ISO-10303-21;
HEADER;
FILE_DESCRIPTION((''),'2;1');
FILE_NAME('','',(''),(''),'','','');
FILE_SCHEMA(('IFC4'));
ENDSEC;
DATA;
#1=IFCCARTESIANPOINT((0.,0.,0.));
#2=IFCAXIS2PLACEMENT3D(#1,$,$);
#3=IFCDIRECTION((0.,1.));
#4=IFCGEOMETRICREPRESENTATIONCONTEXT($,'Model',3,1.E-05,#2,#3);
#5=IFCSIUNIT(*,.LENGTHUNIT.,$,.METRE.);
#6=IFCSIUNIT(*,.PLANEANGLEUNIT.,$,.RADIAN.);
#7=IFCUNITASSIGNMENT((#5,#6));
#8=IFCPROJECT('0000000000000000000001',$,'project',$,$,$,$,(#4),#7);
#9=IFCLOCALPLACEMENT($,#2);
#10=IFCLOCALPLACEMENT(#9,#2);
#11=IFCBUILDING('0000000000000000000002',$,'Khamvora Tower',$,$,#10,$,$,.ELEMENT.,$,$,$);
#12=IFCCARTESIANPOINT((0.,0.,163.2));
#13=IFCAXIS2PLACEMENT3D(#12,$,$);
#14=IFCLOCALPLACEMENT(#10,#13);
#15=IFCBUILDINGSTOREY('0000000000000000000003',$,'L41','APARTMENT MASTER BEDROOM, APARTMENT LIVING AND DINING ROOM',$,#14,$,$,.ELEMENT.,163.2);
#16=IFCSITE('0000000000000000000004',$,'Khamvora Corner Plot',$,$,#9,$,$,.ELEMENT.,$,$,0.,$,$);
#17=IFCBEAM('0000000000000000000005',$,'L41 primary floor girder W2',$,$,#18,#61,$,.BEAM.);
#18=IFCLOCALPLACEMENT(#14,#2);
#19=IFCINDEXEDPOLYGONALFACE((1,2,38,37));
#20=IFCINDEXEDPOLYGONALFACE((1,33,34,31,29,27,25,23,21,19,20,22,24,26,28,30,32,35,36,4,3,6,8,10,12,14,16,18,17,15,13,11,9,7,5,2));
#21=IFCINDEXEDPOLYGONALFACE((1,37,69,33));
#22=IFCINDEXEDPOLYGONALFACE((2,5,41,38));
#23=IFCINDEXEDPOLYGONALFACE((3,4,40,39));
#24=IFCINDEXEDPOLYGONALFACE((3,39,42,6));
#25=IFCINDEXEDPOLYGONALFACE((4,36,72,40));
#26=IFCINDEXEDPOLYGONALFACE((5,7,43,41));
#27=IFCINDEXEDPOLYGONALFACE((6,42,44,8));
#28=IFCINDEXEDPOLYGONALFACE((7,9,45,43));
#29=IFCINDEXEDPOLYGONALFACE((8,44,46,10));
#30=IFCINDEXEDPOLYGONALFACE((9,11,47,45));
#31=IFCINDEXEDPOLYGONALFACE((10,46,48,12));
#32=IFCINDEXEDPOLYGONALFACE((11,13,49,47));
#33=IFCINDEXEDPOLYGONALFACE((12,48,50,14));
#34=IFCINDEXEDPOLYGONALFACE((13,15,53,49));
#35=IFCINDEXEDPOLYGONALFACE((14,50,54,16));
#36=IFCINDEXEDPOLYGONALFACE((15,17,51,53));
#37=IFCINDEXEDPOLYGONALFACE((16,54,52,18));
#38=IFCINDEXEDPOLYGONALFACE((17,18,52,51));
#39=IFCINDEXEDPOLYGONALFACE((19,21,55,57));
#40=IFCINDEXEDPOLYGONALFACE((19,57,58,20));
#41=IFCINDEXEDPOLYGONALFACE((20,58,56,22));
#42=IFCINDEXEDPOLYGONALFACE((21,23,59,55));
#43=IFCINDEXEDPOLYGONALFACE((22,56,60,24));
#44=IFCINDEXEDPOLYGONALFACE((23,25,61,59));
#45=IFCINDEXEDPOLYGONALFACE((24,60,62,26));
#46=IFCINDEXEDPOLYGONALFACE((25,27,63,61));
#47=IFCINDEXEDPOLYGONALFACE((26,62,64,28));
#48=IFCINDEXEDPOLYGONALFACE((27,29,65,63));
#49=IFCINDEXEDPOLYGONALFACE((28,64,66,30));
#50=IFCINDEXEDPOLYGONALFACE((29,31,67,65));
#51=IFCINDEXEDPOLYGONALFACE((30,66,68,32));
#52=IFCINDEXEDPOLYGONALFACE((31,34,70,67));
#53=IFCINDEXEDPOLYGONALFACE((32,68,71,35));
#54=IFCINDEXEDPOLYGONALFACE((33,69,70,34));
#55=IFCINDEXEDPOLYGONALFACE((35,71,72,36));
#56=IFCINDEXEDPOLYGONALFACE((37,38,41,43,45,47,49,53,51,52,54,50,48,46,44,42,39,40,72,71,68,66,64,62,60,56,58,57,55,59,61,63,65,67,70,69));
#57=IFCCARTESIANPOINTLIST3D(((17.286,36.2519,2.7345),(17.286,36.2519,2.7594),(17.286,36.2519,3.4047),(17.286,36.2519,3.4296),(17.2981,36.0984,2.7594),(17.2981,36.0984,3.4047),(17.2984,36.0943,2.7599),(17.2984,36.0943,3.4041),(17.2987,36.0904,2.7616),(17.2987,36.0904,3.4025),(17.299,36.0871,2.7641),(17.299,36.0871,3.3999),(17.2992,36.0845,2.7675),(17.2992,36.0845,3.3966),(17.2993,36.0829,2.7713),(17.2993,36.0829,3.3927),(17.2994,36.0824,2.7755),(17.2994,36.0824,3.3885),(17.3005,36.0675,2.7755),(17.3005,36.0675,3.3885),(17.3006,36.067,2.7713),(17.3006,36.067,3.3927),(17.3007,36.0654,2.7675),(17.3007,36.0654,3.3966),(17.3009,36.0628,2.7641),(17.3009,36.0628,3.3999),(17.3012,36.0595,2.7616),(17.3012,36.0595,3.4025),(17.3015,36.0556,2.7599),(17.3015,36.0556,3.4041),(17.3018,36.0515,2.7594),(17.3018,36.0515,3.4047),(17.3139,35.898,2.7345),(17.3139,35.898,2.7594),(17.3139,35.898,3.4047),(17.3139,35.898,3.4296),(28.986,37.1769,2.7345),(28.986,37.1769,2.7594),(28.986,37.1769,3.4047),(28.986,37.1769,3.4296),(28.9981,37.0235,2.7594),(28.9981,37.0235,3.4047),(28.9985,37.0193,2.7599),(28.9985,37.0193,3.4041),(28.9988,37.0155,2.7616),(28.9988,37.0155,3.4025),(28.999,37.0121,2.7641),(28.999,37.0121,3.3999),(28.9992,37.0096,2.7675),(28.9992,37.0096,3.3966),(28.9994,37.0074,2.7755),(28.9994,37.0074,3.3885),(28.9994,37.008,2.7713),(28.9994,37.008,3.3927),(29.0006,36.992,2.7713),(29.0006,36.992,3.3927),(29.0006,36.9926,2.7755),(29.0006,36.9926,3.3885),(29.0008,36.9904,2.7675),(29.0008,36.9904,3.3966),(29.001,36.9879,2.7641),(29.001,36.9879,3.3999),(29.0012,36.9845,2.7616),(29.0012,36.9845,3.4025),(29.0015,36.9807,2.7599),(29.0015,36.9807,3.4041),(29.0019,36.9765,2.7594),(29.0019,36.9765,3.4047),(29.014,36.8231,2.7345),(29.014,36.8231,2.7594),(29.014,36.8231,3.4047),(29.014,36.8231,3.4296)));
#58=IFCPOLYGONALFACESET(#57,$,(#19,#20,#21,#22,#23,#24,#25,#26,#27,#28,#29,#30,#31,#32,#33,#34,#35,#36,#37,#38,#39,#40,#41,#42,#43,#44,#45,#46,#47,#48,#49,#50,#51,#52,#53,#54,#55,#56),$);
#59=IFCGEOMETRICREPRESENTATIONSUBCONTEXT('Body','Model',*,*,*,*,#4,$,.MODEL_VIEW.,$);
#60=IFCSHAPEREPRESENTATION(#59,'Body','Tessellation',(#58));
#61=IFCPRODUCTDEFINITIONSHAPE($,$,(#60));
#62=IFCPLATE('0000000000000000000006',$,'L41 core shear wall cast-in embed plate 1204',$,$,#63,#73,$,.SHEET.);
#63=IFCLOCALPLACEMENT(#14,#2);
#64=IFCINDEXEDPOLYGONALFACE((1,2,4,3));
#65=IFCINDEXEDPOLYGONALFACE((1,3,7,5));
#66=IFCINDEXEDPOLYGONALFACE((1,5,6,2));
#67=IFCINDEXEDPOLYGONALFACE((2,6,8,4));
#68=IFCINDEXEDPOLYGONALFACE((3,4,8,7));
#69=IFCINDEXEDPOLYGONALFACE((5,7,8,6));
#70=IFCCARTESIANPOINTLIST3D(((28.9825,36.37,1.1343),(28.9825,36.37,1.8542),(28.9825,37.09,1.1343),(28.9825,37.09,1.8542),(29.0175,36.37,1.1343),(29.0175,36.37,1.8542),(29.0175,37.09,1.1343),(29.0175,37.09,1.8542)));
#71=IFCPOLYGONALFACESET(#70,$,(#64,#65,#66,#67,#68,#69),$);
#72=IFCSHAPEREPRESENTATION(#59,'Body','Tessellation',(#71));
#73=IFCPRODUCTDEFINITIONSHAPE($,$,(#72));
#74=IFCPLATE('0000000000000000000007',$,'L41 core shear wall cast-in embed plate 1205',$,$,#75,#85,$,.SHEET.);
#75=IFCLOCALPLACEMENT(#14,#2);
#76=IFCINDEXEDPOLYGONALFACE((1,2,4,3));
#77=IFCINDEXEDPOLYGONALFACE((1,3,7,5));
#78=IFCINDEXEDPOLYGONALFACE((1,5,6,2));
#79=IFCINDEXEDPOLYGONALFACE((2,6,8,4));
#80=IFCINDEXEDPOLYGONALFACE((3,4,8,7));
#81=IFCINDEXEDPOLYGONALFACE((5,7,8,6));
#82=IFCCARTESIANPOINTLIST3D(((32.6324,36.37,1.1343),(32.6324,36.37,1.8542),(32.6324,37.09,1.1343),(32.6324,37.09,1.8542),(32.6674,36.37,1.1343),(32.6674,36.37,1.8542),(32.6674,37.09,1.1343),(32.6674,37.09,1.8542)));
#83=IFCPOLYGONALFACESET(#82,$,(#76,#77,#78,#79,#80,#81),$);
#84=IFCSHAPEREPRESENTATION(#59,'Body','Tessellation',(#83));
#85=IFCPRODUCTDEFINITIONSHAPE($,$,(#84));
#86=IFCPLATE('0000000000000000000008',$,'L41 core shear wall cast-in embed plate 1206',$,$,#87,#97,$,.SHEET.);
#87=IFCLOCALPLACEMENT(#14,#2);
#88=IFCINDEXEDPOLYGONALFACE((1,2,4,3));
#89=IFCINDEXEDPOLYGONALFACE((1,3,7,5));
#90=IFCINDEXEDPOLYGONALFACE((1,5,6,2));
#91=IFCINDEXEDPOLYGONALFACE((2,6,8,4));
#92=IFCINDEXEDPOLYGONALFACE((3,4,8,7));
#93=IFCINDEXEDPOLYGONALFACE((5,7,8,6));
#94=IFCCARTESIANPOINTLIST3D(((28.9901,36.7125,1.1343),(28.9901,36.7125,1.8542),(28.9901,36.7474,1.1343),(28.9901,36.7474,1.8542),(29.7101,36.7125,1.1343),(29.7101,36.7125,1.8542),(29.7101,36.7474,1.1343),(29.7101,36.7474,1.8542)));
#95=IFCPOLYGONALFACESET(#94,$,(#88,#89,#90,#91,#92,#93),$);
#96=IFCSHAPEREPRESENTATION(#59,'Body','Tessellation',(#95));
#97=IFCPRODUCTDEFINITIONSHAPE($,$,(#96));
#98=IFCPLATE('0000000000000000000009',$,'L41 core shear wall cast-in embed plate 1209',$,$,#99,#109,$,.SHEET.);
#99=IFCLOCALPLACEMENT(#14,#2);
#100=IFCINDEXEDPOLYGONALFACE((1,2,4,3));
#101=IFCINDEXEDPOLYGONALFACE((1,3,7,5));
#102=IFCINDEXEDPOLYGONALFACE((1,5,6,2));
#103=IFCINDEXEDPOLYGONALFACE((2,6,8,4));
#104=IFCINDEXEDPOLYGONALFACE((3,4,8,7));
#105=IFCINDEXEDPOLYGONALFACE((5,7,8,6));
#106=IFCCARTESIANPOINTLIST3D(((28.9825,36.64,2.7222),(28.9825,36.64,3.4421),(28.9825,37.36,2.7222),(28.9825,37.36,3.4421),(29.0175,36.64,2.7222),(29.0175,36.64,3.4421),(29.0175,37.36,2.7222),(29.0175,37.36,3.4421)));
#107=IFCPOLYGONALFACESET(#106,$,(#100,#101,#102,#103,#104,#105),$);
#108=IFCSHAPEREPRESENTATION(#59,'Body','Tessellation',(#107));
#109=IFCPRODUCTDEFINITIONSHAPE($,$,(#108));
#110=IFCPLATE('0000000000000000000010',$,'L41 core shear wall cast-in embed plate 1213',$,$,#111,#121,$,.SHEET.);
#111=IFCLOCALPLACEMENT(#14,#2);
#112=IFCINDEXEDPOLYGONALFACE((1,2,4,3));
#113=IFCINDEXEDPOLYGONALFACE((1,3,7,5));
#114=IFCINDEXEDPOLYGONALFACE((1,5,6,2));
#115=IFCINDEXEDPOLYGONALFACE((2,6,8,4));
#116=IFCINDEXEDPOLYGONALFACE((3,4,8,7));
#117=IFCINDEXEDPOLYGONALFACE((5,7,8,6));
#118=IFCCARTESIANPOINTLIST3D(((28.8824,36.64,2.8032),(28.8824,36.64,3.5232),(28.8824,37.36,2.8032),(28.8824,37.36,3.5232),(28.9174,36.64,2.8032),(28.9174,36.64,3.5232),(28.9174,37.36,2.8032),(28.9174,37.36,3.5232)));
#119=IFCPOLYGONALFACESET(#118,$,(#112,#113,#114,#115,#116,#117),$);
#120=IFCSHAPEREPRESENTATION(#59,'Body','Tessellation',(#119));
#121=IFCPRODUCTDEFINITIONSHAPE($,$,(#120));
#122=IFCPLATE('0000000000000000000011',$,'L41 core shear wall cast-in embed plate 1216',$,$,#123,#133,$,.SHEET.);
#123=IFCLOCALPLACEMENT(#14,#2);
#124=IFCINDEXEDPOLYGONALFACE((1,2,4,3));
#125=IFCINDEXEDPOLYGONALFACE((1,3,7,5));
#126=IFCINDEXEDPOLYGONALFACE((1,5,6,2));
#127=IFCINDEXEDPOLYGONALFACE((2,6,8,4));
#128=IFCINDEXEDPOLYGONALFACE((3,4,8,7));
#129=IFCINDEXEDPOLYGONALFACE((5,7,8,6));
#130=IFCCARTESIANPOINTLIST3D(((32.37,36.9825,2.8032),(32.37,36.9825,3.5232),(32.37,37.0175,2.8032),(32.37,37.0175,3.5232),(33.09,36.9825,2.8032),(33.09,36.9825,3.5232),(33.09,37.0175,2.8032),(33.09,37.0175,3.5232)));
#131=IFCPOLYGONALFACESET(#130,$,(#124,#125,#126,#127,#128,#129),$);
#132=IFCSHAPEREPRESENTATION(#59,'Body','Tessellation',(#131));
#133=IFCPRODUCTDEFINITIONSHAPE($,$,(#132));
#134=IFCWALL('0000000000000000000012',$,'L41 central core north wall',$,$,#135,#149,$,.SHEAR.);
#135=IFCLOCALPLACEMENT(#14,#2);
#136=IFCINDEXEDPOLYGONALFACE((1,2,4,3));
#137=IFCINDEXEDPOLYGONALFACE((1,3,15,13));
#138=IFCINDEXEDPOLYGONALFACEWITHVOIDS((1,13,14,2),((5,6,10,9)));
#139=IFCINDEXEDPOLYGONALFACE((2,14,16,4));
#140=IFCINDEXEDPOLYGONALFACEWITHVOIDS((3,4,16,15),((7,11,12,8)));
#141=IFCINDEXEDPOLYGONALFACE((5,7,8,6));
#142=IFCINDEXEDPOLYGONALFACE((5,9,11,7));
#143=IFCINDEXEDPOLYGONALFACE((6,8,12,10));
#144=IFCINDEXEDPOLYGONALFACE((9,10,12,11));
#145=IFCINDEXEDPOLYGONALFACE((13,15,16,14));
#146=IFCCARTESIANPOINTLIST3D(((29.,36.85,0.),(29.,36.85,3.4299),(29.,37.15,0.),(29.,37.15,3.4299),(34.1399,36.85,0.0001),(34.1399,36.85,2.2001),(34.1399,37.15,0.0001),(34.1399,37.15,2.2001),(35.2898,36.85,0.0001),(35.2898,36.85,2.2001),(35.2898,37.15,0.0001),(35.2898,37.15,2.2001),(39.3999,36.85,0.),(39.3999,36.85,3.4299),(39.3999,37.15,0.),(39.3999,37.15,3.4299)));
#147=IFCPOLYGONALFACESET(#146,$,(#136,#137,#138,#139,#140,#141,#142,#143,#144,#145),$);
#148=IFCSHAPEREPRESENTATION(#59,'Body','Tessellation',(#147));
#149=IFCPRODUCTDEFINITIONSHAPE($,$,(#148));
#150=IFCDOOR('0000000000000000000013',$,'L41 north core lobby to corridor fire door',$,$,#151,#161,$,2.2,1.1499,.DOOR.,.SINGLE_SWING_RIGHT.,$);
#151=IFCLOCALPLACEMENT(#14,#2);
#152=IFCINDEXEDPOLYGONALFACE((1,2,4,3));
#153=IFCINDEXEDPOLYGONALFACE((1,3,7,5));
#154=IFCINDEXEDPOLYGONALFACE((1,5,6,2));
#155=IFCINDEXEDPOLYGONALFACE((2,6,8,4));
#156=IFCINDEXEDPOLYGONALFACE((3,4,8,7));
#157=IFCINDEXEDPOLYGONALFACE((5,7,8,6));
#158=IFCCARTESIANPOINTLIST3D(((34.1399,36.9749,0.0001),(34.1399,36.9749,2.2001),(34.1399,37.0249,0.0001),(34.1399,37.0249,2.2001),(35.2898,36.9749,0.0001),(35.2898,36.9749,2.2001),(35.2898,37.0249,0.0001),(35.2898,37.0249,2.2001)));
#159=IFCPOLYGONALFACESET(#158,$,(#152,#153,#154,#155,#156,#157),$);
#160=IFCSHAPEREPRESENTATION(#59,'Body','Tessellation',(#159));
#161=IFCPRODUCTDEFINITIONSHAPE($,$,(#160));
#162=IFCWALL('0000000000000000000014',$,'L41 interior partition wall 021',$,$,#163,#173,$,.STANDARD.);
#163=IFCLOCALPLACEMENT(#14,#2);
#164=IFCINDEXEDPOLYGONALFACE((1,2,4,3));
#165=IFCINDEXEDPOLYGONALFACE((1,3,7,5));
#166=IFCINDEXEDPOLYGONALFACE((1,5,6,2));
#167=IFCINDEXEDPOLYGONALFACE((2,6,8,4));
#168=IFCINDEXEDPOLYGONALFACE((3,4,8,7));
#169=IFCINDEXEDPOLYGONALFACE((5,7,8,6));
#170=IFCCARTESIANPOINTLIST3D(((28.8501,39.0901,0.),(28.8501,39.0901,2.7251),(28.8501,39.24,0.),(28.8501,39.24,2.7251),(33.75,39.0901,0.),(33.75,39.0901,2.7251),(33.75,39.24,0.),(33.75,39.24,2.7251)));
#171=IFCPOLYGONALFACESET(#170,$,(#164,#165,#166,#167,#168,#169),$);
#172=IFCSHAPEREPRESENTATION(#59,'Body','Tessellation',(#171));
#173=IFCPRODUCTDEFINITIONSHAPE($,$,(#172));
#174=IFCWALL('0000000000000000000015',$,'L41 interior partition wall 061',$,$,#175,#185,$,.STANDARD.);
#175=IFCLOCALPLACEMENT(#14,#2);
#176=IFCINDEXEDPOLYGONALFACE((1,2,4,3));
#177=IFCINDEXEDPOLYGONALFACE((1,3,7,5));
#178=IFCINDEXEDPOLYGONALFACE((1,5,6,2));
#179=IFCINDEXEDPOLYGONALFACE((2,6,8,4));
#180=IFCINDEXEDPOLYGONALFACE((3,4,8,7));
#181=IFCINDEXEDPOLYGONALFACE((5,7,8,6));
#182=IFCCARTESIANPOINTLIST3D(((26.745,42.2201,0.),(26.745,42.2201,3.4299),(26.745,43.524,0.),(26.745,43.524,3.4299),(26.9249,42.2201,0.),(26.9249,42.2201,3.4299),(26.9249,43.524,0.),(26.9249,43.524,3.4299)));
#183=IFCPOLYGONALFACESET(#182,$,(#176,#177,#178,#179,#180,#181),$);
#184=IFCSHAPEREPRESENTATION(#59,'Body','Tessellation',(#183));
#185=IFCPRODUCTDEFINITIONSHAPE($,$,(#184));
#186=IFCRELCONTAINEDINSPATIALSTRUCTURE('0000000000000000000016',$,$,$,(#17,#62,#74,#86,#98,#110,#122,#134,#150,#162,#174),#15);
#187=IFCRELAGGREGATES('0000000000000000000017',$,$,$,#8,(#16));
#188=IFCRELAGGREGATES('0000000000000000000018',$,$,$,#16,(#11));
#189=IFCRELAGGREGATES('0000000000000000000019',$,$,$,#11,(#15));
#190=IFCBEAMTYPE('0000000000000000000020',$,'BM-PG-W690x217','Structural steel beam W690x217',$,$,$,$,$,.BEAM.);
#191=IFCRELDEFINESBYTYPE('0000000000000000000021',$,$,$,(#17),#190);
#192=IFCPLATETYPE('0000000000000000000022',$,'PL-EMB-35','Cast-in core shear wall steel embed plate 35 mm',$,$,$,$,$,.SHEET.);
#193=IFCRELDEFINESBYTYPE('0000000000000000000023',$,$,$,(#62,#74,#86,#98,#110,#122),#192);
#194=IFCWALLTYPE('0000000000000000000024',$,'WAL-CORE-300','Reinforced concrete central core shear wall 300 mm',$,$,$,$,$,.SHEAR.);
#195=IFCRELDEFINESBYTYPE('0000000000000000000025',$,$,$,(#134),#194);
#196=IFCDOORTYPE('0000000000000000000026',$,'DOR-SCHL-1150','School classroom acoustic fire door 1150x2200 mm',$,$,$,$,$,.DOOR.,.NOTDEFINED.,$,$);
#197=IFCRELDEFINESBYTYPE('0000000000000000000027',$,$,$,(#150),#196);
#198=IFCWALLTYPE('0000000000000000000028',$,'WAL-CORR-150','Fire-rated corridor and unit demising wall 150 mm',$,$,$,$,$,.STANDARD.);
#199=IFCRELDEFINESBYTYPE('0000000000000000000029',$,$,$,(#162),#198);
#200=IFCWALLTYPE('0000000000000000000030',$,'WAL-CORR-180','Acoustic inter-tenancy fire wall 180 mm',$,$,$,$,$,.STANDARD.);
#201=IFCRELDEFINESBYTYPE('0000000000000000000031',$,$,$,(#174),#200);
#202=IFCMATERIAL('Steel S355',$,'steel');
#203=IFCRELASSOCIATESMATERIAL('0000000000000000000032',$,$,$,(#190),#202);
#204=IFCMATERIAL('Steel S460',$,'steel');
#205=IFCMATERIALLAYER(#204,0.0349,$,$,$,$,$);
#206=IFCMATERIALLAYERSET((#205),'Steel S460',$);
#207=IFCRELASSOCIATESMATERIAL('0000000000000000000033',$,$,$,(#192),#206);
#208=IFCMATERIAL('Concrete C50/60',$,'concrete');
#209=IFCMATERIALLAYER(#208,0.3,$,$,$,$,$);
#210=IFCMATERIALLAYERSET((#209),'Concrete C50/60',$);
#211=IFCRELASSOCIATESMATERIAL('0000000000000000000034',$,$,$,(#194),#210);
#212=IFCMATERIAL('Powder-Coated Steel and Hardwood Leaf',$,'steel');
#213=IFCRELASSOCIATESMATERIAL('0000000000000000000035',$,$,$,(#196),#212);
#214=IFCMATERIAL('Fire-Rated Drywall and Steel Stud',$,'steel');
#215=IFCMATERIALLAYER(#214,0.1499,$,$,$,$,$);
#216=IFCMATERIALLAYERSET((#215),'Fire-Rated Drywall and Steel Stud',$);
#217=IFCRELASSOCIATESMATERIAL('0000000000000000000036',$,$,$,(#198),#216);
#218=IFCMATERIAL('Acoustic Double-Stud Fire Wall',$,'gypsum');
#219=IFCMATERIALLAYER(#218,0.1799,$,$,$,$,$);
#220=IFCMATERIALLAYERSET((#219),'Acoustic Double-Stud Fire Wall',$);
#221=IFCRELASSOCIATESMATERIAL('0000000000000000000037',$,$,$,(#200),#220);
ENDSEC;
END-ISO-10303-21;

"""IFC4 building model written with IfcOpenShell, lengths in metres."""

from ifc_helpers import new_model, si_unit, direction, frame, frame_2d, origin, origin_2d, place, context, subcontext, project, spatial, rectangle, i_section, extrude, material, layer, layer_set, material_profile, profile_set, type_object, element, fill, save


model = new_model("IFC4")

# Units and contexts
model_context = context("Model", 3, precision=1e-05, world=origin(), true_north=direction((0.0, 1.0)))
body_context = subcontext(model_context, "Body", "Model", "MODEL_VIEW")
ifc_project = project(units=[si_unit("LENGTHUNIT", "METRE"), si_unit("PLANEANGLEUNIT", "RADIAN")], contexts=[model_context])

# Site, building, storey
site_placement = place(None, origin())
site = spatial("IfcSite", under=ifc_project, at=site_placement, Name="Khamvora Corner Plot", CompositionType="ELEMENT", RefElevation=0.0)
building_placement = place(site_placement, origin())
building = spatial("IfcBuilding", under=site, at=building_placement, Name="Khamvora Tower", CompositionType="ELEMENT")
storey_placement = place(building_placement, frame((0.0, 0.0, 163.2)))
storey = spatial("IfcBuildingStorey", under=building, at=storey_placement, Name="L41", Description="APARTMENT MASTER BEDROOM, APARTMENT LIVING AND DINING ROOM", CompositionType="ELEMENT", Elevation=163.2)

# Shared definitions
ifc_material_1 = material(Name="Steel S460", Category="steel")
ifc_material_2 = material(Name="Steel S355", Category="steel")

# Beam
ifc_material_profile_1 = material_profile(ifc_material_2, i_section(OverallWidth=0.355, OverallDepth=0.6951, WebThickness=0.0149, FlangeThickness=0.0249, FilletRadius=0.0161, at=origin_2d()), Name="W690x217")
ifc_profile_set_1 = profile_set([ifc_material_profile_1], Name="Steel S355")
beam_type_1 = type_object("IfcBeamType", Name="BM-PG-W690x217", Description="Structural steel beam W690x217", PredefinedType="BEAM", material=ifc_profile_set_1)
beam_1_placement = place(storey_placement, frame((29.0, 37.0, 3.082), z_axis=(-0.996889, -0.078818, 0.0), x_axis=(0.078818, -0.996889, 0.0)))
element("IfcBeam", 1, at=beam_1_placement, inside=storey, type_object=beam_type_1, Name="L41 primary floor girder W2", PredefinedType="BEAM", context=body_context, shape_type="SweptSolid", body=[
    extrude(i_section(OverallWidth=0.355, OverallDepth=0.6951, WebThickness=0.0149, FlangeThickness=0.0249, FilletRadius=0.0161, at=origin_2d()), origin(), (0.0, 0.0, 1.0), 11.7366),
])

# Plates
ifc_layer_1 = layer(ifc_material_1, 0.0349)
ifc_layer_set_1 = layer_set([ifc_layer_1], Name="Steel S460")
plate_type = type_object("IfcPlateType", Name="PL-EMB-35", Description="Cast-in core shear wall steel embed plate 35 mm", PredefinedType="SHEET", material=ifc_layer_set_1)
for number, where, z_axis, x_axis, name in (
    (2, (29.0, 36.73, 1.1343), (0.0, 0.0, 1.0), (1.0, 0.0, 0.0), "L41 core shear wall cast-in embed plate 1204"),
    (3, (32.6499, 36.73, 1.1343), (0.0, 0.0, 1.0), (1.0, 0.0, 0.0), "L41 core shear wall cast-in embed plate 1205"),
):
    element("IfcPlate", number, at=place(storey_placement, frame(where, z_axis=z_axis, x_axis=x_axis)), inside=storey, type_object=plate_type, Name=name, PredefinedType="SHEET", context=body_context, shape_type="SweptSolid", body=[
        extrude(rectangle(XDim=0.0349, YDim=0.72, at=origin_2d()), origin(), (0.0, 0.0, 1.0), 0.72),
    ])
plate_1_placement = place(storey_placement, frame((29.3501, 36.73, 1.1343), z_axis=(0.0, 0.0, 1.0), x_axis=(1.0, 0.0, 0.0)))
element("IfcPlate", 4, at=plate_1_placement, inside=storey, type_object=plate_type, Name="L41 core shear wall cast-in embed plate 1206", PredefinedType="SHEET", context=body_context, shape_type="SweptSolid", body=[
    extrude(rectangle(XDim=0.72, YDim=0.0349, at=origin_2d()), origin(), (0.0, 0.0, 1.0), 0.72),
])
for number, where, z_axis, x_axis, name in (
    (5, (29.0, 37.0, 2.7222), (0.0, 0.0, 1.0), (1.0, 0.0, 0.0), "L41 core shear wall cast-in embed plate 1209"),
    (6, (28.8999, 37.0, 2.8032), (0.0, 0.0, 1.0), (1.0, 0.0, 0.0), "L41 core shear wall cast-in embed plate 1213"),
):
    element("IfcPlate", number, at=place(storey_placement, frame(where, z_axis=z_axis, x_axis=x_axis)), inside=storey, type_object=plate_type, Name=name, PredefinedType="SHEET", context=body_context, shape_type="SweptSolid", body=[
        extrude(rectangle(XDim=0.0349, YDim=0.72, at=origin_2d()), origin(), (0.0, 0.0, 1.0), 0.72),
    ])
plate_2_placement = place(storey_placement, frame((32.73, 37.0, 2.8032), z_axis=(0.0, 0.0, 1.0), x_axis=(1.0, 0.0, 0.0)))
element("IfcPlate", 7, at=plate_2_placement, inside=storey, type_object=plate_type, Name="L41 core shear wall cast-in embed plate 1216", PredefinedType="SHEET", context=body_context, shape_type="SweptSolid", body=[
    extrude(rectangle(XDim=0.72, YDim=0.0349, at=origin_2d()), origin(), (0.0, 0.0, 1.0), 0.72),
])

# Wall, opening, door
ifc_material_3 = material(Name="Concrete C50/60", Category="concrete")
ifc_layer_2 = layer(ifc_material_3, 0.3)
ifc_layer_set_2 = layer_set([ifc_layer_2], Name="Concrete C50/60")
wall_type_1 = type_object("IfcWallType", Name="WAL-CORE-300", Description="Reinforced concrete central core shear wall 300 mm", PredefinedType="SHEAR", material=ifc_layer_set_2)
wall_1_placement = place(storey_placement, frame((29.0, 37.0, 0.0), z_axis=(0.0, 0.0, 1.0), x_axis=(1.0, 0.0, 0.0)))
wall_1 = element("IfcWall", 8, at=wall_1_placement, inside=storey, type_object=wall_type_1, Name="L41 central core north wall", PredefinedType="SHEAR", context=body_context, shape_type="SweptSolid", body=[
    extrude(rectangle(XDim=10.3999, YDim=0.3, at=frame_2d((5.2, 0.0))), origin(), (0.0, 0.0, 1.0), 3.4299),
])
opening_1_placement = place(wall_1_placement, frame((5.1399, 0.0, 0.0)))
opening_1 = element("IfcOpeningElement", 9, at=opening_1_placement, cuts=wall_1, PredefinedType="OPENING", context=body_context, shape_type="SweptSolid", body=[
    extrude(rectangle(XDim=1.1499, YDim=2.2, at=frame_2d((0.575, 1.1001))), frame((0.0, 0.1599, 0.0), z_axis=(0.0, -1.0, 0.0), x_axis=(1.0, 0.0, 0.0)), (0.0, 0.0, 1.0), 0.3201),
])
ifc_material_4 = material(Name="Powder-Coated Steel and Hardwood Leaf", Category="steel")
door_type_1 = type_object("IfcDoorType", Name="DOR-SCHL-1150", Description="School classroom acoustic fire door 1150x2200 mm", OperationType="NOTDEFINED", PredefinedType="DOOR", material=ifc_material_4)
door_1_placement = place(opening_1_placement, origin())
door_1 = element("IfcDoor", 10, at=door_1_placement, inside=storey, type_object=door_type_1, Name="L41 north core lobby to corridor fire door", OperationType="SINGLE_SWING_RIGHT", OverallHeight=2.2, OverallWidth=1.1499, PredefinedType="DOOR", context=body_context, shape_type="SweptSolid", body=[
    extrude(rectangle(XDim=1.1499, YDim=2.2, at=frame_2d((0.575, 1.1001))), frame((0.0, 0.0249, 0.0), z_axis=(0.0, -1.0, 0.0), x_axis=(1.0, 0.0, 0.0)), (0.0, 0.0, 1.0), 0.05),
])
fill(opening_1, door_1)

# Walls
ifc_material_5 = material(Name="Fire-Rated Drywall and Steel Stud", Category="steel")
ifc_layer_3 = layer(ifc_material_5, 0.1499)
ifc_layer_set_3 = layer_set([ifc_layer_3], Name="Fire-Rated Drywall and Steel Stud")
wall_type_2 = type_object("IfcWallType", Name="WAL-CORR-150", Description="Fire-rated corridor and unit demising wall 150 mm", PredefinedType="STANDARD", material=ifc_layer_set_3)
wall_2_placement = place(storey_placement, frame((28.8501, 39.165, 0.0), z_axis=(0.0, 0.0, 1.0), x_axis=(1.0, 0.0, 0.0)))
element("IfcWall", 11, at=wall_2_placement, inside=storey, type_object=wall_type_2, Name="L41 interior partition wall 021", PredefinedType="STANDARD", context=body_context, shape_type="SweptSolid", body=[
    extrude(rectangle(XDim=4.8999, YDim=0.1499, at=frame_2d((2.45, 0.0))), origin(), (0.0, 0.0, 1.0), 2.7251),
])
ifc_material_6 = material(Name="Acoustic Double-Stud Fire Wall", Category="gypsum")
ifc_layer_4 = layer(ifc_material_6, 0.1799)
ifc_layer_set_4 = layer_set([ifc_layer_4], Name="Acoustic Double-Stud Fire Wall")
wall_type_3 = type_object("IfcWallType", Name="WAL-CORR-180", Description="Acoustic inter-tenancy fire wall 180 mm", PredefinedType="STANDARD", material=ifc_layer_set_4)
wall_3_placement = place(storey_placement, frame((26.835, 43.5239, 0.0), z_axis=(0.0, 0.0, 1.0), x_axis=(0.0, -1.0, 0.0)))
element("IfcWall", 12, at=wall_3_placement, inside=storey, type_object=wall_type_3, Name="L41 interior partition wall 061", PredefinedType="STANDARD", context=body_context, shape_type="SweptSolid", body=[
    extrude(rectangle(XDim=1.304, YDim=0.1799, at=frame_2d((0.6519, 0.0))), origin(), (0.0, 0.0, 1.0), 3.4299),
])

save(model, "model.ifc")
